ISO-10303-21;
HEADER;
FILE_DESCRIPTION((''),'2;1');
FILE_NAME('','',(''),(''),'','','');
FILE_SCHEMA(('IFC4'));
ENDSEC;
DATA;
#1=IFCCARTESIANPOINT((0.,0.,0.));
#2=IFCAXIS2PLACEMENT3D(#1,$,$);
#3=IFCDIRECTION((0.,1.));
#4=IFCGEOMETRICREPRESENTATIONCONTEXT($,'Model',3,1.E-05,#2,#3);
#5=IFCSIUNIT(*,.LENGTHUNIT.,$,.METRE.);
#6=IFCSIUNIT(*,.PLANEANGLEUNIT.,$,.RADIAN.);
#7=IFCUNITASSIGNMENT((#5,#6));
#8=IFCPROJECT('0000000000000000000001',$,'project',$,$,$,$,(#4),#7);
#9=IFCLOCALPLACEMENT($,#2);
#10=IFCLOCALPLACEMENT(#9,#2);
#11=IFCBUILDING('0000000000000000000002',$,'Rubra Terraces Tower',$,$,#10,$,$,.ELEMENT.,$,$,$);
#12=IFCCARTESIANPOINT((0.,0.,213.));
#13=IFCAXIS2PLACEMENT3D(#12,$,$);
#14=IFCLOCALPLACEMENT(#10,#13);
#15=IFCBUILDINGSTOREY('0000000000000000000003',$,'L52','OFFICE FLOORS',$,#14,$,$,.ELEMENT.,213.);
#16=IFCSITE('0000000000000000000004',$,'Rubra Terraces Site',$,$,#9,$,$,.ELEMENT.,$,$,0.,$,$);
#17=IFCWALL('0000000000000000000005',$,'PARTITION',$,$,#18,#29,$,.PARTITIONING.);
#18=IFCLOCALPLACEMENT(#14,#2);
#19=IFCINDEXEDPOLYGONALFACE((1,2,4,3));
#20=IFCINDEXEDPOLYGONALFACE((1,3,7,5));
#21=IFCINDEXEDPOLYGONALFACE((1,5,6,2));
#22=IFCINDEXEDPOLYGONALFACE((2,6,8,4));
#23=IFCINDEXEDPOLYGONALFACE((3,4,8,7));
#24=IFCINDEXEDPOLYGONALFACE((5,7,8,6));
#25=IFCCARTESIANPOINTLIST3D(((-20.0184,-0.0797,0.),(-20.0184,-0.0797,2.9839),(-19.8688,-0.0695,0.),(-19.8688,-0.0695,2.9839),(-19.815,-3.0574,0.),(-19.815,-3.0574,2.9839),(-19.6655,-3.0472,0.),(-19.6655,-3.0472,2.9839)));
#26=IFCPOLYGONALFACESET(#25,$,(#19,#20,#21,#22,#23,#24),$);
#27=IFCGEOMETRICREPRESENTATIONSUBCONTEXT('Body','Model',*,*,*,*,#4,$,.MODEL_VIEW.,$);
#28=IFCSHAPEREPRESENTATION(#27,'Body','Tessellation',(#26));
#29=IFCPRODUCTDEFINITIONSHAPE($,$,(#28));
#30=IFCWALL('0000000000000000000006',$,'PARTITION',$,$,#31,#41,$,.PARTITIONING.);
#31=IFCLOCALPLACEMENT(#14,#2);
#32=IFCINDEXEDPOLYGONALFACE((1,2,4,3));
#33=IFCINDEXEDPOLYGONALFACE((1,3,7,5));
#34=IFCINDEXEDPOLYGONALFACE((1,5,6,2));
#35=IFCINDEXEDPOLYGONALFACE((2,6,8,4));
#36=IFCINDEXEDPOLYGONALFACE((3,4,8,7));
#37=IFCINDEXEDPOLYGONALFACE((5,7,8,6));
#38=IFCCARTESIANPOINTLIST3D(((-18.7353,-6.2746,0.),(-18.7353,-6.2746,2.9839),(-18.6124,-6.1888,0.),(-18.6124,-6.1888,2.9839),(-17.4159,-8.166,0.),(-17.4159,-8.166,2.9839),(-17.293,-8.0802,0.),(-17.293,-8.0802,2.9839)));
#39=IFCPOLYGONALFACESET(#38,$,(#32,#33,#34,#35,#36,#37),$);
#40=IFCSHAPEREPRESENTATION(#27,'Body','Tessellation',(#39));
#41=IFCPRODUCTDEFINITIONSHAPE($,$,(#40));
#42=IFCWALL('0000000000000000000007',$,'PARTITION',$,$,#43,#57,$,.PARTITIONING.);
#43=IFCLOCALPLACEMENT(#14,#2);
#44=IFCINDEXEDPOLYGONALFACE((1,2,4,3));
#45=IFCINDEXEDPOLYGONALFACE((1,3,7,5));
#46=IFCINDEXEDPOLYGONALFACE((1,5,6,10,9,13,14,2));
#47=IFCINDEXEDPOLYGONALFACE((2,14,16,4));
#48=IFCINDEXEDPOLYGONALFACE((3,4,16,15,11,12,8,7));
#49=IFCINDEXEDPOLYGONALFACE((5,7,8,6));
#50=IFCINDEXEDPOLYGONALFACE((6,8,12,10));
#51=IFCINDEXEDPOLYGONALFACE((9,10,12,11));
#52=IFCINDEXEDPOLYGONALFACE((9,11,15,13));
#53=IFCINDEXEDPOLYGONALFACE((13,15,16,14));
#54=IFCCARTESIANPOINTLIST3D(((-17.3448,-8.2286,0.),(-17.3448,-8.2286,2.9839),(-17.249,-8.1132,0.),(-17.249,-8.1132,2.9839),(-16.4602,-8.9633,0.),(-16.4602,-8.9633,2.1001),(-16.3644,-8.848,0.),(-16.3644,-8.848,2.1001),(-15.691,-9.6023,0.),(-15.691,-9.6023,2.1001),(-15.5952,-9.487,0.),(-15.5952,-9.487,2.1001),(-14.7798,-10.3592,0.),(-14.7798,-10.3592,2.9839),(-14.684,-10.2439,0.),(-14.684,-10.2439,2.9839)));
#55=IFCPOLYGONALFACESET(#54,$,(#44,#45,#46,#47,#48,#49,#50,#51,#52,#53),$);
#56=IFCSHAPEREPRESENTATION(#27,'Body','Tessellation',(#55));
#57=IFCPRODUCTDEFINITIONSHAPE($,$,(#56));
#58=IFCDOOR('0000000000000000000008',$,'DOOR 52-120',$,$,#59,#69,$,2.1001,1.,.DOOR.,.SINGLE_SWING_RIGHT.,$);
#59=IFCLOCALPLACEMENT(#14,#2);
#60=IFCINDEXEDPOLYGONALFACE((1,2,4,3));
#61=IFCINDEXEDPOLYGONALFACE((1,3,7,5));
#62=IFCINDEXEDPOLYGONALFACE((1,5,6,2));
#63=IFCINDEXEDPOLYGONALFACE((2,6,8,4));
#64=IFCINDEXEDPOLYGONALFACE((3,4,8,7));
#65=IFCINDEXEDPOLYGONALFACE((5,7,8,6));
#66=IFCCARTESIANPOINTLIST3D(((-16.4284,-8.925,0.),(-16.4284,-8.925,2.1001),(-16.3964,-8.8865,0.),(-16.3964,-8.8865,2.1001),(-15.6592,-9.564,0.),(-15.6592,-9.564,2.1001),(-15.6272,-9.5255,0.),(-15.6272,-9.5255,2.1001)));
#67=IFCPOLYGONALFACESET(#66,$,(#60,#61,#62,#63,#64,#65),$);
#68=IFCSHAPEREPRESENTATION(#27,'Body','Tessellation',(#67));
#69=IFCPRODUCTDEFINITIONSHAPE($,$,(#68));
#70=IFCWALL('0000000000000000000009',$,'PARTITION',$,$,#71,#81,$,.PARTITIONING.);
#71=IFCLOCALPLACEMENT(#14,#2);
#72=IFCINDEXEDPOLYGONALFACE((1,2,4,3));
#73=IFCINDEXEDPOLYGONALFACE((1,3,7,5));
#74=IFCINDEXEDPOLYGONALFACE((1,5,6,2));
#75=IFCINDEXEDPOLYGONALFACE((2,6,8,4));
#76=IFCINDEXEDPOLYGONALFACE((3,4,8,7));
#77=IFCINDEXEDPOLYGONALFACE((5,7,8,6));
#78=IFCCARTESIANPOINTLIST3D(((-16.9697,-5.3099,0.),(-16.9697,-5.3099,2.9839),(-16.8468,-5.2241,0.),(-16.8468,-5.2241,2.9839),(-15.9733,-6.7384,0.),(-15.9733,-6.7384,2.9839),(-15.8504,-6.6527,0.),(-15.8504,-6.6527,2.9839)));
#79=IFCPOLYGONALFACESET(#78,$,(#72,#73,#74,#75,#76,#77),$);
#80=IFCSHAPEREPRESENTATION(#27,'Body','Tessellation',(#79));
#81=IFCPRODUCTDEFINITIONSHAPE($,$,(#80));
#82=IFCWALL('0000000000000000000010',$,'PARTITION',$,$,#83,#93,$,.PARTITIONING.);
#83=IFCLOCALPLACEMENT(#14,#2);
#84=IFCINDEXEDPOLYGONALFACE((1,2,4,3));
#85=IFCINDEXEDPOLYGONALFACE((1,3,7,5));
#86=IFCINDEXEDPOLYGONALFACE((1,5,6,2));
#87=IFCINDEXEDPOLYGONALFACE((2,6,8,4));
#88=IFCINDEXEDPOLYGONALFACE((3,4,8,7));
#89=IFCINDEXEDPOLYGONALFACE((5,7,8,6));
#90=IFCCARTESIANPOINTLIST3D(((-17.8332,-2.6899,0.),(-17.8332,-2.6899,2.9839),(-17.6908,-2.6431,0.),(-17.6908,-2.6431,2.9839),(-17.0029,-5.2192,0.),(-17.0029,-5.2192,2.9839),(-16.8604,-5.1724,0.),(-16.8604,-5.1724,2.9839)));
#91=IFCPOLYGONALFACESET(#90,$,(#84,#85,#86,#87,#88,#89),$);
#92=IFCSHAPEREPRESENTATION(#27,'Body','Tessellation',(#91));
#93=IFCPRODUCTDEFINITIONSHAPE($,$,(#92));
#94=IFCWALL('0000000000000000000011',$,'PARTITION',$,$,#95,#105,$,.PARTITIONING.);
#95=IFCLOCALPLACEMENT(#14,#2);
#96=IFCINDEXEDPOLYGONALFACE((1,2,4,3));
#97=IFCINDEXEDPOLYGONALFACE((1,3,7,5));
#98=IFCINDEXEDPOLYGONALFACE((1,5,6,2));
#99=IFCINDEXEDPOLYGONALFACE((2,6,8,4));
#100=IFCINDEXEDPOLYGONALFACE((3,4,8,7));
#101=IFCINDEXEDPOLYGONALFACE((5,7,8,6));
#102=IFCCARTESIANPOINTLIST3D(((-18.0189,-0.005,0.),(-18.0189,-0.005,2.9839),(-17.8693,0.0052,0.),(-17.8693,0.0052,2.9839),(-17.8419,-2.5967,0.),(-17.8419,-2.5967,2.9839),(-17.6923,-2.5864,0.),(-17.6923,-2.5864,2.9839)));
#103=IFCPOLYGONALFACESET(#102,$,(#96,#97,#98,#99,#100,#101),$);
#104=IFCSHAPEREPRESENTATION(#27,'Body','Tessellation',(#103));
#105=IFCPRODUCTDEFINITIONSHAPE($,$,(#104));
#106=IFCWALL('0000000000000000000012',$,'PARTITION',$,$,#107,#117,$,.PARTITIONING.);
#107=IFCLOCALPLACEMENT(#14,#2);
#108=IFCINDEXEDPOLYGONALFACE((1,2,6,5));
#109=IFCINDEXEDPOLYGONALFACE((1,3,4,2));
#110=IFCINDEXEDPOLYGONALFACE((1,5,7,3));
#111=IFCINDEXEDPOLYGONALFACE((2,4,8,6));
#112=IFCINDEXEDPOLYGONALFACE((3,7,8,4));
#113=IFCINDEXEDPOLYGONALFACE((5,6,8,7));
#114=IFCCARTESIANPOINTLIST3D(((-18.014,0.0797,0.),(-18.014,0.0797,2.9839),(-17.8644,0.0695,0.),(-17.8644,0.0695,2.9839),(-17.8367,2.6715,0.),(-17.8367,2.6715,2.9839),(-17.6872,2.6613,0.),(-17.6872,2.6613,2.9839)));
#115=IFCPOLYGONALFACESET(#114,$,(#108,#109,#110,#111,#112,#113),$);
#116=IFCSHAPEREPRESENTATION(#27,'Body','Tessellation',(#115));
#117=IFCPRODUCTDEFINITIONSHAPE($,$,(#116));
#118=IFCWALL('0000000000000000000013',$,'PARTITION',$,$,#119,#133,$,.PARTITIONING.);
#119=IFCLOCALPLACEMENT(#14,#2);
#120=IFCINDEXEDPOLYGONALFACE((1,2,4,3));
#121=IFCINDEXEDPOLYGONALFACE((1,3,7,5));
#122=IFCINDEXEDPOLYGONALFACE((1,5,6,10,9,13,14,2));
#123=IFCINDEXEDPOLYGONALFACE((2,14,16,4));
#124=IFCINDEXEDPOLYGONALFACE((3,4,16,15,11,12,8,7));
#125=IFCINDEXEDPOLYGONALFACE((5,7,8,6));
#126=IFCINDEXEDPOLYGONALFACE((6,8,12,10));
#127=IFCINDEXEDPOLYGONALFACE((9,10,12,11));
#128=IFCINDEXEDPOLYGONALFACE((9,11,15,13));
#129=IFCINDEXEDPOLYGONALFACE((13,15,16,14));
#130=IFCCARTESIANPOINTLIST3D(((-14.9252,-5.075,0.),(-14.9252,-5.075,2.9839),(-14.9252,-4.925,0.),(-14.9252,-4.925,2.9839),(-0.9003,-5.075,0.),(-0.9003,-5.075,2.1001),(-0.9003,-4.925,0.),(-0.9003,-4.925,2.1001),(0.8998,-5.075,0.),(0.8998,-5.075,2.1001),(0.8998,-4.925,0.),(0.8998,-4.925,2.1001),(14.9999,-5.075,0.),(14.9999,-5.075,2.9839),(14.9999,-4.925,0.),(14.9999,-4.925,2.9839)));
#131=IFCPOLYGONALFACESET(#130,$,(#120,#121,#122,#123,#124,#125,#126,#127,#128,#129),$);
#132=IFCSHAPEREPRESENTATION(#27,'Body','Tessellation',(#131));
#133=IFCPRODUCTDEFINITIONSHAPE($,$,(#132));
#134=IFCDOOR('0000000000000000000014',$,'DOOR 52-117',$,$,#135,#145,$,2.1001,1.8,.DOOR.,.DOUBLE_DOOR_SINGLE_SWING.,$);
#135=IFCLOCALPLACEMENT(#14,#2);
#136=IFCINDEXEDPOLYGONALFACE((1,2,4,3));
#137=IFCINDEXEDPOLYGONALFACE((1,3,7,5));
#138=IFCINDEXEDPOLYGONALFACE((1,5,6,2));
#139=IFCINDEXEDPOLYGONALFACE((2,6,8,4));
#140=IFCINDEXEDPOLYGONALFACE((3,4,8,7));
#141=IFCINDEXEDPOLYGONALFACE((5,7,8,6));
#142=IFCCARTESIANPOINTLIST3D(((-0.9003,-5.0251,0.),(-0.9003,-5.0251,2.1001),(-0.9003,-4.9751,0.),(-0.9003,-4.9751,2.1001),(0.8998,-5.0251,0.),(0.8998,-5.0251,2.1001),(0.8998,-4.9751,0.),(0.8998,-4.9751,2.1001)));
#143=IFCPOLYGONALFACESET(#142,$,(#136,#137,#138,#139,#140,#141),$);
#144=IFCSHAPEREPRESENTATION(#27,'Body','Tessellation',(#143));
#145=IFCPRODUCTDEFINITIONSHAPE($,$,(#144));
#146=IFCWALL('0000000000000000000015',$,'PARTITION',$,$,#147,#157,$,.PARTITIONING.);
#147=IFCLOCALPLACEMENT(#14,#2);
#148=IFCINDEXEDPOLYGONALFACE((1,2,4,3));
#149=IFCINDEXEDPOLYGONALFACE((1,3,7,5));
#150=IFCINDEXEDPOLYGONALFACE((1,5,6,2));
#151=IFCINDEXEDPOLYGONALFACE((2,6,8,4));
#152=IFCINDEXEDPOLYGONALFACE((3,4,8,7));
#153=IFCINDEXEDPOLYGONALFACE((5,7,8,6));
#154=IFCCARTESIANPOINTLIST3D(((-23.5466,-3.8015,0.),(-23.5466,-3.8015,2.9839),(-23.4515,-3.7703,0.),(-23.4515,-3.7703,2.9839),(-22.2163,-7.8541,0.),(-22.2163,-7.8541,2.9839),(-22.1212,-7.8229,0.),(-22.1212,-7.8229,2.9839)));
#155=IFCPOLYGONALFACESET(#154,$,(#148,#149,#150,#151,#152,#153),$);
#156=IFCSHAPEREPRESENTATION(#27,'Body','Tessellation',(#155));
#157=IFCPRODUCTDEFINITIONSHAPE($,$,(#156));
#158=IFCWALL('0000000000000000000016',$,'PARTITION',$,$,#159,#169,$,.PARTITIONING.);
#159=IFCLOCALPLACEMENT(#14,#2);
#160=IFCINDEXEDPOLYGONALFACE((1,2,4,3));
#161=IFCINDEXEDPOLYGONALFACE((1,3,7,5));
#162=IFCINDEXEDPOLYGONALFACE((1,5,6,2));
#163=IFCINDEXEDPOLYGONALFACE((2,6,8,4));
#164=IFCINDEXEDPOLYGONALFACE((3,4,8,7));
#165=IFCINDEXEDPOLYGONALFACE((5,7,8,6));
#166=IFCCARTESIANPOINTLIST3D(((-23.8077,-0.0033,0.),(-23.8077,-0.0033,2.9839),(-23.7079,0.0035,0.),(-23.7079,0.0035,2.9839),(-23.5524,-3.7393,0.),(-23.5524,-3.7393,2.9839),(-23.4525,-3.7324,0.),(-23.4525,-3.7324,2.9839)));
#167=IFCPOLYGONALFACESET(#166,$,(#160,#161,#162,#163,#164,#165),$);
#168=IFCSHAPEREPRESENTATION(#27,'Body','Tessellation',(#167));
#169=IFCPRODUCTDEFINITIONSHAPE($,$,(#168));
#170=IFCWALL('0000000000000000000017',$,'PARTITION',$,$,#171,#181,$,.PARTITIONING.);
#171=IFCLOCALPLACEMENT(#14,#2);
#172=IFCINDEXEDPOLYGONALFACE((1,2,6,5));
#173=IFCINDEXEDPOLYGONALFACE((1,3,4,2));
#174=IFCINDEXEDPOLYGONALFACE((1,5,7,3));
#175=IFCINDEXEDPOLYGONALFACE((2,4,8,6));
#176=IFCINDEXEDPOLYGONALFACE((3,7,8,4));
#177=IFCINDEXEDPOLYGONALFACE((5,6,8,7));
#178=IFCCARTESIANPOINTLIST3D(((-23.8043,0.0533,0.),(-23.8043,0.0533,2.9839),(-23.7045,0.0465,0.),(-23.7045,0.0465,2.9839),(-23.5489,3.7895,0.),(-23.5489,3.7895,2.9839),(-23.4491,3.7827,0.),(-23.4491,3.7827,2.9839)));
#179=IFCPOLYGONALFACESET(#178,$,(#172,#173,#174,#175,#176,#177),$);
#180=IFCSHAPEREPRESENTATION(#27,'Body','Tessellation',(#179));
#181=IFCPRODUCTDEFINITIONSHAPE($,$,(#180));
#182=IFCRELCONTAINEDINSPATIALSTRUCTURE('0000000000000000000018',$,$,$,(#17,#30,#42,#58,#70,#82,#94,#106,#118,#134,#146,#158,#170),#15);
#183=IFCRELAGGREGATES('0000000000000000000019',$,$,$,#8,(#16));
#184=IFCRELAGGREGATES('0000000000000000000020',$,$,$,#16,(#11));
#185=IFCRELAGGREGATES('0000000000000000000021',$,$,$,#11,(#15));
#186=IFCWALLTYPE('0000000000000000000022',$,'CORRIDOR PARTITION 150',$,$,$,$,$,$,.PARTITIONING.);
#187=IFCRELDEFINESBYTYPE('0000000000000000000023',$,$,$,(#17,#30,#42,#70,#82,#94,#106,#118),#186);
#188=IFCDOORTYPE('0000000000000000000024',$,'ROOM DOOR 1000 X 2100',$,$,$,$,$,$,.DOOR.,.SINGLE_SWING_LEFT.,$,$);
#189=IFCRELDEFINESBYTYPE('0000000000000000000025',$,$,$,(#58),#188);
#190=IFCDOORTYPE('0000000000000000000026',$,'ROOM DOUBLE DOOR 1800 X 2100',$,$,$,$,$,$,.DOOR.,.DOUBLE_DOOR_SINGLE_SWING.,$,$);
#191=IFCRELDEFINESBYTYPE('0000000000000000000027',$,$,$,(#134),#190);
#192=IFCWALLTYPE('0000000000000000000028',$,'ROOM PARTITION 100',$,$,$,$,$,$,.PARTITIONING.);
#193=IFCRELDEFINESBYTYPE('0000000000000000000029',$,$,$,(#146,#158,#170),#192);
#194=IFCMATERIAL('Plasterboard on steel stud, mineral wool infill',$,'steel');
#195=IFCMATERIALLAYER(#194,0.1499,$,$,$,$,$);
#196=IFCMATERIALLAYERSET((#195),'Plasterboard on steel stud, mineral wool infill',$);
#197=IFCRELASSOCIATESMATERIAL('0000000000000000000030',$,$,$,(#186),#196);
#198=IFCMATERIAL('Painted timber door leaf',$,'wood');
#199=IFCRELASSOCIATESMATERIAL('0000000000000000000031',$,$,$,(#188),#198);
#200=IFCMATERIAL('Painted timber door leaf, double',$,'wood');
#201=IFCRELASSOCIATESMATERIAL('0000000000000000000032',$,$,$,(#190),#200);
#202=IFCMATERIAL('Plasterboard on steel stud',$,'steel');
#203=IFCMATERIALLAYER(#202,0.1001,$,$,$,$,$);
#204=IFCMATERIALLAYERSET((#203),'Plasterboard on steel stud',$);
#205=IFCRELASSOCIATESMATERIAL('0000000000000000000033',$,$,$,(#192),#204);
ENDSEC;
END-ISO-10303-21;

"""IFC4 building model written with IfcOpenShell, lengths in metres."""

from ifc_helpers import new_model, si_unit, direction, frame, frame_2d, origin, place, context, subcontext, project, spatial, rectangle, extrude, material, layer, layer_set, type_object, element, fill, save


model = new_model("IFC4")

# Units and contexts
model_context = context("Model", 3, precision=1e-05, world=origin(), true_north=direction((0.0, 1.0)))
body_context = subcontext(model_context, "Body", "Model", "MODEL_VIEW")
ifc_project = project(units=[si_unit("LENGTHUNIT", "METRE"), si_unit("PLANEANGLEUNIT", "RADIAN")], contexts=[model_context])

# Site, building, storey
site_placement = place(None, origin())
site = spatial("IfcSite", under=ifc_project, at=site_placement, Name="Rubra Terraces Site", CompositionType="ELEMENT", RefElevation=0.0)
building_placement = place(site_placement, origin())
building = spatial("IfcBuilding", under=site, at=building_placement, Name="Rubra Terraces Tower", CompositionType="ELEMENT")
storey_placement = place(building_placement, frame((0.0, 0.0, 213.0)))
storey = spatial("IfcBuildingStorey", under=building, at=storey_placement, Name="L52", Description="OFFICE FLOORS", CompositionType="ELEMENT", Elevation=213.0)

# Wall
ifc_material_1 = material(Name="Plasterboard on steel stud, mineral wool infill", Category="steel")
ifc_layer_1 = layer(ifc_material_1, 0.1499)
ifc_layer_set_1 = layer_set([ifc_layer_1], Name="Plasterboard on steel stud, mineral wool infill")
wall_type_1 = type_object("IfcWallType", Name="CORRIDOR PARTITION 150", PredefinedType="PARTITIONING", material=ifc_layer_set_1)
wall_1_placement = place(storey_placement, frame((-19.9436, -0.0747, 0.0), z_axis=(0.0, 0.0, 1.0), x_axis=(0.068137, -0.997676, 0.0)))
element("IfcWall", 1, at=wall_1_placement, inside=storey, type_object=wall_type_1, Name="PARTITION", PredefinedType="PARTITIONING", context=body_context, shape_type="SweptSolid", body=[
    extrude(rectangle(XDim=2.9846, YDim=0.1499, at=frame_2d((1.4922, 0.0))), origin(), (0.0, 0.0, 1.0), 2.9839),
])

# Wall
wall_2_placement = place(storey_placement, frame((-18.6738, -6.2317, 0.0), z_axis=(0.0, 0.0, 1.0), x_axis=(0.572119, -0.820171, 0.0)))
element("IfcWall", 2, at=wall_2_placement, inside=storey, type_object=wall_type_1, Name="PARTITION", PredefinedType="PARTITIONING", context=body_context, shape_type="SweptSolid", body=[
    extrude(rectangle(XDim=2.3062, YDim=0.1499, at=frame_2d((1.1531, 0.0))), origin(), (0.0, 0.0, 1.0), 2.9839),
])

# Wall, opening, door
wall_3_placement = place(storey_placement, frame((-17.2969, -8.1709, 0.0), z_axis=(0.0, 0.0, 1.0), x_axis=(0.769229, -0.638974, 0.0)))
wall_3 = element("IfcWall", 3, at=wall_3_placement, inside=storey, type_object=wall_type_1, Name="PARTITION", PredefinedType="PARTITIONING", context=body_context, shape_type="SweptSolid", body=[
    extrude(rectangle(XDim=3.3345, YDim=0.1499, at=frame_2d((1.6672, 0.0))), origin(), (0.0, 0.0, 1.0), 2.9839),
])
opening_1_placement = place(wall_3_placement, frame((1.1499, 0.0, 0.0)))
opening_1 = element("IfcOpeningElement", 4, at=opening_1_placement, cuts=wall_3, PredefinedType="OPENING", context=body_context, shape_type="SweptSolid", body=[
    extrude(rectangle(XDim=1.0, YDim=2.1001, at=frame_2d((0.5, 1.05))), frame((0.0, 0.085, 0.0), z_axis=(0.0, -1.0, 0.0), x_axis=(1.0, 0.0, 0.0)), (0.0, 0.0, 1.0), 0.1699),
])
ifc_material_2 = material(Name="Painted timber door leaf", Category="wood")
door_type_1 = type_object("IfcDoorType", Name="ROOM DOOR 1000 X 2100", OperationType="SINGLE_SWING_LEFT", PredefinedType="DOOR", material=ifc_material_2)
door_1_placement = place(opening_1_placement, origin())
door_1 = element("IfcDoor", 5, at=door_1_placement, inside=storey, type_object=door_type_1, Name="DOOR 52-120", OperationType="SINGLE_SWING_RIGHT", OverallHeight=2.1001, OverallWidth=1.0, PredefinedType="DOOR", context=body_context, shape_type="SweptSolid", body=[
    extrude(rectangle(XDim=1.0, YDim=2.1001, at=frame_2d((0.5, 1.05))), frame((0.0, 0.0249, 0.0), z_axis=(0.0, -1.0, 0.0), x_axis=(1.0, 0.0, 0.0)), (0.0, 0.0, 1.0), 0.05),
])
fill(opening_1, door_1)

# Walls
wall_4_placement = place(storey_placement, frame((-15.9119, -6.6956, 0.0), z_axis=(0.0, 0.0, 1.0), x_axis=(-0.572079, 0.820199, 0.0)))
element("IfcWall", 6, at=wall_4_placement, inside=storey, type_object=wall_type_1, Name="PARTITION", PredefinedType="PARTITIONING", context=body_context, shape_type="SweptSolid", body=[
    extrude(rectangle(XDim=1.7417, YDim=0.1499, at=frame_2d((0.8708, 0.0))), origin(), (0.0, 0.0, 1.0), 2.9839),
])
wall_5_placement = place(storey_placement, frame((-16.9316, -5.1958, 0.0), z_axis=(0.0, 0.0, 1.0), x_axis=(-0.311905, 0.950113, 0.0)))
element("IfcWall", 7, at=wall_5_placement, inside=storey, type_object=wall_type_1, Name="PARTITION", PredefinedType="PARTITIONING", context=body_context, shape_type="SweptSolid", body=[
    extrude(rectangle(XDim=2.6621, YDim=0.1499, at=frame_2d((1.3311, 0.0))), origin(), (0.0, 0.0, 1.0), 2.9839),
])
wall_6_placement = place(storey_placement, frame((-17.7671, -2.5916, 0.0), z_axis=(0.0, 0.0, 1.0), x_axis=(-0.068141, 0.997676, 0.0)))
element("IfcWall", 8, at=wall_6_placement, inside=storey, type_object=wall_type_1, Name="PARTITION", PredefinedType="PARTITIONING", context=body_context, shape_type="SweptSolid", body=[
    extrude(rectangle(XDim=2.5977, YDim=0.1499, at=frame_2d((1.2988, 0.0))), origin(), (0.0, 0.0, 1.0), 2.9839),
])
wall_7_placement = place(storey_placement, frame((-17.9392, 0.0747, 0.0), z_axis=(0.0, 0.0, 1.0), x_axis=(0.068228, 0.99767, 0.0)))
element("IfcWall", 9, at=wall_7_placement, inside=storey, type_object=wall_type_1, Name="PARTITION", PredefinedType="PARTITIONING", context=body_context, shape_type="SweptSolid", body=[
    extrude(rectangle(XDim=2.5979, YDim=0.1499, at=frame_2d((1.2988, 0.0))), origin(), (0.0, 0.0, 1.0), 2.9839),
])

# Wall, opening, door
wall_8_placement = place(storey_placement, frame((-14.925, -5.0, 0.0), z_axis=(0.0, 0.0, 1.0), x_axis=(1.0, 0.0, 0.0)))
wall_8 = element("IfcWall", 10, at=wall_8_placement, inside=storey, type_object=wall_type_1, Name="PARTITION", PredefinedType="PARTITIONING", context=body_context, shape_type="SweptSolid", body=[
    extrude(rectangle(XDim=29.925, YDim=0.1499, at=frame_2d((14.9624, 0.0))), origin(), (0.0, 0.0, 1.0), 2.9839),
])
opening_2_placement = place(wall_8_placement, frame((14.0249, 0.0, 0.0)))
opening_2 = element("IfcOpeningElement", 11, at=opening_2_placement, cuts=wall_8, PredefinedType="OPENING", context=body_context, shape_type="SweptSolid", body=[
    extrude(rectangle(XDim=1.8, YDim=2.1001, at=frame_2d((0.8999, 1.05))), frame((0.0, 0.085, 0.0), z_axis=(0.0, -1.0, 0.0), x_axis=(1.0, 0.0, 0.0)), (0.0, 0.0, 1.0), 0.1699),
])
ifc_material_3 = material(Name="Painted timber door leaf, double", Category="wood")
door_type_2 = type_object("IfcDoorType", Name="ROOM DOUBLE DOOR 1800 X 2100", OperationType="DOUBLE_DOOR_SINGLE_SWING", PredefinedType="DOOR", material=ifc_material_3)
door_2_placement = place(opening_2_placement, origin())
door_2 = element("IfcDoor", 12, at=door_2_placement, inside=storey, type_object=door_type_2, Name="DOOR 52-117", OperationType="DOUBLE_DOOR_SINGLE_SWING", OverallHeight=2.1001, OverallWidth=1.8, PredefinedType="DOOR", context=body_context, shape_type="SweptSolid", body=[
    extrude(rectangle(XDim=1.8, YDim=2.1001, at=frame_2d((0.8999, 1.05))), frame((0.0, 0.0249, 0.0), z_axis=(0.0, -1.0, 0.0), x_axis=(1.0, 0.0, 0.0)), (0.0, 0.0, 1.0), 0.05),
])
fill(opening_2, door_2)

# Walls
ifc_material_4 = material(Name="Plasterboard on steel stud", Category="steel")
ifc_layer_2 = layer(ifc_material_4, 0.1001)
ifc_layer_set_2 = layer_set([ifc_layer_2], Name="Plasterboard on steel stud")
wall_type_2 = type_object("IfcWallType", Name="ROOM PARTITION 100", PredefinedType="PARTITIONING", material=ifc_layer_set_2)
wall_9_placement = place(storey_placement, frame((-22.1687, -7.8386, 0.0), z_axis=(0.0, 0.0, 1.0), x_axis=(-0.31188, 0.950121, 0.0)))
element("IfcWall", 13, at=wall_9_placement, inside=storey, type_object=wall_type_2, Name="PARTITION", PredefinedType="PARTITIONING", context=body_context, shape_type="SweptSolid", body=[
    extrude(rectangle(XDim=4.2654, YDim=0.1001, at=frame_2d((2.1328, 0.0))), origin(), (0.0, 0.0, 1.0), 2.9839),
])
wall_10_placement = place(storey_placement, frame((-23.5024, -3.7358, 0.0), z_axis=(0.0, 0.0, 1.0), x_axis=(-0.068198, 0.997672, 0.0)))
element("IfcWall", 14, at=wall_10_placement, inside=storey, type_object=wall_type_2, Name="PARTITION", PredefinedType="PARTITIONING", context=body_context, shape_type="SweptSolid", body=[
    extrude(rectangle(XDim=3.7446, YDim=0.1001, at=frame_2d((1.8723, 0.0))), origin(), (0.0, 0.0, 1.0), 2.9839),
])
wall_11_placement = place(storey_placement, frame((-23.7544, 0.0498, 0.0), z_axis=(0.0, 0.0, 1.0), x_axis=(0.068193, 0.997672, 0.0)))
element("IfcWall", 15, at=wall_11_placement, inside=storey, type_object=wall_type_2, Name="PARTITION", PredefinedType="PARTITIONING", context=body_context, shape_type="SweptSolid", body=[
    extrude(rectangle(XDim=3.7449, YDim=0.1001, at=frame_2d((1.8726, 0.0))), origin(), (0.0, 0.0, 1.0), 2.9839),
])

save(model, "model.ifc")
